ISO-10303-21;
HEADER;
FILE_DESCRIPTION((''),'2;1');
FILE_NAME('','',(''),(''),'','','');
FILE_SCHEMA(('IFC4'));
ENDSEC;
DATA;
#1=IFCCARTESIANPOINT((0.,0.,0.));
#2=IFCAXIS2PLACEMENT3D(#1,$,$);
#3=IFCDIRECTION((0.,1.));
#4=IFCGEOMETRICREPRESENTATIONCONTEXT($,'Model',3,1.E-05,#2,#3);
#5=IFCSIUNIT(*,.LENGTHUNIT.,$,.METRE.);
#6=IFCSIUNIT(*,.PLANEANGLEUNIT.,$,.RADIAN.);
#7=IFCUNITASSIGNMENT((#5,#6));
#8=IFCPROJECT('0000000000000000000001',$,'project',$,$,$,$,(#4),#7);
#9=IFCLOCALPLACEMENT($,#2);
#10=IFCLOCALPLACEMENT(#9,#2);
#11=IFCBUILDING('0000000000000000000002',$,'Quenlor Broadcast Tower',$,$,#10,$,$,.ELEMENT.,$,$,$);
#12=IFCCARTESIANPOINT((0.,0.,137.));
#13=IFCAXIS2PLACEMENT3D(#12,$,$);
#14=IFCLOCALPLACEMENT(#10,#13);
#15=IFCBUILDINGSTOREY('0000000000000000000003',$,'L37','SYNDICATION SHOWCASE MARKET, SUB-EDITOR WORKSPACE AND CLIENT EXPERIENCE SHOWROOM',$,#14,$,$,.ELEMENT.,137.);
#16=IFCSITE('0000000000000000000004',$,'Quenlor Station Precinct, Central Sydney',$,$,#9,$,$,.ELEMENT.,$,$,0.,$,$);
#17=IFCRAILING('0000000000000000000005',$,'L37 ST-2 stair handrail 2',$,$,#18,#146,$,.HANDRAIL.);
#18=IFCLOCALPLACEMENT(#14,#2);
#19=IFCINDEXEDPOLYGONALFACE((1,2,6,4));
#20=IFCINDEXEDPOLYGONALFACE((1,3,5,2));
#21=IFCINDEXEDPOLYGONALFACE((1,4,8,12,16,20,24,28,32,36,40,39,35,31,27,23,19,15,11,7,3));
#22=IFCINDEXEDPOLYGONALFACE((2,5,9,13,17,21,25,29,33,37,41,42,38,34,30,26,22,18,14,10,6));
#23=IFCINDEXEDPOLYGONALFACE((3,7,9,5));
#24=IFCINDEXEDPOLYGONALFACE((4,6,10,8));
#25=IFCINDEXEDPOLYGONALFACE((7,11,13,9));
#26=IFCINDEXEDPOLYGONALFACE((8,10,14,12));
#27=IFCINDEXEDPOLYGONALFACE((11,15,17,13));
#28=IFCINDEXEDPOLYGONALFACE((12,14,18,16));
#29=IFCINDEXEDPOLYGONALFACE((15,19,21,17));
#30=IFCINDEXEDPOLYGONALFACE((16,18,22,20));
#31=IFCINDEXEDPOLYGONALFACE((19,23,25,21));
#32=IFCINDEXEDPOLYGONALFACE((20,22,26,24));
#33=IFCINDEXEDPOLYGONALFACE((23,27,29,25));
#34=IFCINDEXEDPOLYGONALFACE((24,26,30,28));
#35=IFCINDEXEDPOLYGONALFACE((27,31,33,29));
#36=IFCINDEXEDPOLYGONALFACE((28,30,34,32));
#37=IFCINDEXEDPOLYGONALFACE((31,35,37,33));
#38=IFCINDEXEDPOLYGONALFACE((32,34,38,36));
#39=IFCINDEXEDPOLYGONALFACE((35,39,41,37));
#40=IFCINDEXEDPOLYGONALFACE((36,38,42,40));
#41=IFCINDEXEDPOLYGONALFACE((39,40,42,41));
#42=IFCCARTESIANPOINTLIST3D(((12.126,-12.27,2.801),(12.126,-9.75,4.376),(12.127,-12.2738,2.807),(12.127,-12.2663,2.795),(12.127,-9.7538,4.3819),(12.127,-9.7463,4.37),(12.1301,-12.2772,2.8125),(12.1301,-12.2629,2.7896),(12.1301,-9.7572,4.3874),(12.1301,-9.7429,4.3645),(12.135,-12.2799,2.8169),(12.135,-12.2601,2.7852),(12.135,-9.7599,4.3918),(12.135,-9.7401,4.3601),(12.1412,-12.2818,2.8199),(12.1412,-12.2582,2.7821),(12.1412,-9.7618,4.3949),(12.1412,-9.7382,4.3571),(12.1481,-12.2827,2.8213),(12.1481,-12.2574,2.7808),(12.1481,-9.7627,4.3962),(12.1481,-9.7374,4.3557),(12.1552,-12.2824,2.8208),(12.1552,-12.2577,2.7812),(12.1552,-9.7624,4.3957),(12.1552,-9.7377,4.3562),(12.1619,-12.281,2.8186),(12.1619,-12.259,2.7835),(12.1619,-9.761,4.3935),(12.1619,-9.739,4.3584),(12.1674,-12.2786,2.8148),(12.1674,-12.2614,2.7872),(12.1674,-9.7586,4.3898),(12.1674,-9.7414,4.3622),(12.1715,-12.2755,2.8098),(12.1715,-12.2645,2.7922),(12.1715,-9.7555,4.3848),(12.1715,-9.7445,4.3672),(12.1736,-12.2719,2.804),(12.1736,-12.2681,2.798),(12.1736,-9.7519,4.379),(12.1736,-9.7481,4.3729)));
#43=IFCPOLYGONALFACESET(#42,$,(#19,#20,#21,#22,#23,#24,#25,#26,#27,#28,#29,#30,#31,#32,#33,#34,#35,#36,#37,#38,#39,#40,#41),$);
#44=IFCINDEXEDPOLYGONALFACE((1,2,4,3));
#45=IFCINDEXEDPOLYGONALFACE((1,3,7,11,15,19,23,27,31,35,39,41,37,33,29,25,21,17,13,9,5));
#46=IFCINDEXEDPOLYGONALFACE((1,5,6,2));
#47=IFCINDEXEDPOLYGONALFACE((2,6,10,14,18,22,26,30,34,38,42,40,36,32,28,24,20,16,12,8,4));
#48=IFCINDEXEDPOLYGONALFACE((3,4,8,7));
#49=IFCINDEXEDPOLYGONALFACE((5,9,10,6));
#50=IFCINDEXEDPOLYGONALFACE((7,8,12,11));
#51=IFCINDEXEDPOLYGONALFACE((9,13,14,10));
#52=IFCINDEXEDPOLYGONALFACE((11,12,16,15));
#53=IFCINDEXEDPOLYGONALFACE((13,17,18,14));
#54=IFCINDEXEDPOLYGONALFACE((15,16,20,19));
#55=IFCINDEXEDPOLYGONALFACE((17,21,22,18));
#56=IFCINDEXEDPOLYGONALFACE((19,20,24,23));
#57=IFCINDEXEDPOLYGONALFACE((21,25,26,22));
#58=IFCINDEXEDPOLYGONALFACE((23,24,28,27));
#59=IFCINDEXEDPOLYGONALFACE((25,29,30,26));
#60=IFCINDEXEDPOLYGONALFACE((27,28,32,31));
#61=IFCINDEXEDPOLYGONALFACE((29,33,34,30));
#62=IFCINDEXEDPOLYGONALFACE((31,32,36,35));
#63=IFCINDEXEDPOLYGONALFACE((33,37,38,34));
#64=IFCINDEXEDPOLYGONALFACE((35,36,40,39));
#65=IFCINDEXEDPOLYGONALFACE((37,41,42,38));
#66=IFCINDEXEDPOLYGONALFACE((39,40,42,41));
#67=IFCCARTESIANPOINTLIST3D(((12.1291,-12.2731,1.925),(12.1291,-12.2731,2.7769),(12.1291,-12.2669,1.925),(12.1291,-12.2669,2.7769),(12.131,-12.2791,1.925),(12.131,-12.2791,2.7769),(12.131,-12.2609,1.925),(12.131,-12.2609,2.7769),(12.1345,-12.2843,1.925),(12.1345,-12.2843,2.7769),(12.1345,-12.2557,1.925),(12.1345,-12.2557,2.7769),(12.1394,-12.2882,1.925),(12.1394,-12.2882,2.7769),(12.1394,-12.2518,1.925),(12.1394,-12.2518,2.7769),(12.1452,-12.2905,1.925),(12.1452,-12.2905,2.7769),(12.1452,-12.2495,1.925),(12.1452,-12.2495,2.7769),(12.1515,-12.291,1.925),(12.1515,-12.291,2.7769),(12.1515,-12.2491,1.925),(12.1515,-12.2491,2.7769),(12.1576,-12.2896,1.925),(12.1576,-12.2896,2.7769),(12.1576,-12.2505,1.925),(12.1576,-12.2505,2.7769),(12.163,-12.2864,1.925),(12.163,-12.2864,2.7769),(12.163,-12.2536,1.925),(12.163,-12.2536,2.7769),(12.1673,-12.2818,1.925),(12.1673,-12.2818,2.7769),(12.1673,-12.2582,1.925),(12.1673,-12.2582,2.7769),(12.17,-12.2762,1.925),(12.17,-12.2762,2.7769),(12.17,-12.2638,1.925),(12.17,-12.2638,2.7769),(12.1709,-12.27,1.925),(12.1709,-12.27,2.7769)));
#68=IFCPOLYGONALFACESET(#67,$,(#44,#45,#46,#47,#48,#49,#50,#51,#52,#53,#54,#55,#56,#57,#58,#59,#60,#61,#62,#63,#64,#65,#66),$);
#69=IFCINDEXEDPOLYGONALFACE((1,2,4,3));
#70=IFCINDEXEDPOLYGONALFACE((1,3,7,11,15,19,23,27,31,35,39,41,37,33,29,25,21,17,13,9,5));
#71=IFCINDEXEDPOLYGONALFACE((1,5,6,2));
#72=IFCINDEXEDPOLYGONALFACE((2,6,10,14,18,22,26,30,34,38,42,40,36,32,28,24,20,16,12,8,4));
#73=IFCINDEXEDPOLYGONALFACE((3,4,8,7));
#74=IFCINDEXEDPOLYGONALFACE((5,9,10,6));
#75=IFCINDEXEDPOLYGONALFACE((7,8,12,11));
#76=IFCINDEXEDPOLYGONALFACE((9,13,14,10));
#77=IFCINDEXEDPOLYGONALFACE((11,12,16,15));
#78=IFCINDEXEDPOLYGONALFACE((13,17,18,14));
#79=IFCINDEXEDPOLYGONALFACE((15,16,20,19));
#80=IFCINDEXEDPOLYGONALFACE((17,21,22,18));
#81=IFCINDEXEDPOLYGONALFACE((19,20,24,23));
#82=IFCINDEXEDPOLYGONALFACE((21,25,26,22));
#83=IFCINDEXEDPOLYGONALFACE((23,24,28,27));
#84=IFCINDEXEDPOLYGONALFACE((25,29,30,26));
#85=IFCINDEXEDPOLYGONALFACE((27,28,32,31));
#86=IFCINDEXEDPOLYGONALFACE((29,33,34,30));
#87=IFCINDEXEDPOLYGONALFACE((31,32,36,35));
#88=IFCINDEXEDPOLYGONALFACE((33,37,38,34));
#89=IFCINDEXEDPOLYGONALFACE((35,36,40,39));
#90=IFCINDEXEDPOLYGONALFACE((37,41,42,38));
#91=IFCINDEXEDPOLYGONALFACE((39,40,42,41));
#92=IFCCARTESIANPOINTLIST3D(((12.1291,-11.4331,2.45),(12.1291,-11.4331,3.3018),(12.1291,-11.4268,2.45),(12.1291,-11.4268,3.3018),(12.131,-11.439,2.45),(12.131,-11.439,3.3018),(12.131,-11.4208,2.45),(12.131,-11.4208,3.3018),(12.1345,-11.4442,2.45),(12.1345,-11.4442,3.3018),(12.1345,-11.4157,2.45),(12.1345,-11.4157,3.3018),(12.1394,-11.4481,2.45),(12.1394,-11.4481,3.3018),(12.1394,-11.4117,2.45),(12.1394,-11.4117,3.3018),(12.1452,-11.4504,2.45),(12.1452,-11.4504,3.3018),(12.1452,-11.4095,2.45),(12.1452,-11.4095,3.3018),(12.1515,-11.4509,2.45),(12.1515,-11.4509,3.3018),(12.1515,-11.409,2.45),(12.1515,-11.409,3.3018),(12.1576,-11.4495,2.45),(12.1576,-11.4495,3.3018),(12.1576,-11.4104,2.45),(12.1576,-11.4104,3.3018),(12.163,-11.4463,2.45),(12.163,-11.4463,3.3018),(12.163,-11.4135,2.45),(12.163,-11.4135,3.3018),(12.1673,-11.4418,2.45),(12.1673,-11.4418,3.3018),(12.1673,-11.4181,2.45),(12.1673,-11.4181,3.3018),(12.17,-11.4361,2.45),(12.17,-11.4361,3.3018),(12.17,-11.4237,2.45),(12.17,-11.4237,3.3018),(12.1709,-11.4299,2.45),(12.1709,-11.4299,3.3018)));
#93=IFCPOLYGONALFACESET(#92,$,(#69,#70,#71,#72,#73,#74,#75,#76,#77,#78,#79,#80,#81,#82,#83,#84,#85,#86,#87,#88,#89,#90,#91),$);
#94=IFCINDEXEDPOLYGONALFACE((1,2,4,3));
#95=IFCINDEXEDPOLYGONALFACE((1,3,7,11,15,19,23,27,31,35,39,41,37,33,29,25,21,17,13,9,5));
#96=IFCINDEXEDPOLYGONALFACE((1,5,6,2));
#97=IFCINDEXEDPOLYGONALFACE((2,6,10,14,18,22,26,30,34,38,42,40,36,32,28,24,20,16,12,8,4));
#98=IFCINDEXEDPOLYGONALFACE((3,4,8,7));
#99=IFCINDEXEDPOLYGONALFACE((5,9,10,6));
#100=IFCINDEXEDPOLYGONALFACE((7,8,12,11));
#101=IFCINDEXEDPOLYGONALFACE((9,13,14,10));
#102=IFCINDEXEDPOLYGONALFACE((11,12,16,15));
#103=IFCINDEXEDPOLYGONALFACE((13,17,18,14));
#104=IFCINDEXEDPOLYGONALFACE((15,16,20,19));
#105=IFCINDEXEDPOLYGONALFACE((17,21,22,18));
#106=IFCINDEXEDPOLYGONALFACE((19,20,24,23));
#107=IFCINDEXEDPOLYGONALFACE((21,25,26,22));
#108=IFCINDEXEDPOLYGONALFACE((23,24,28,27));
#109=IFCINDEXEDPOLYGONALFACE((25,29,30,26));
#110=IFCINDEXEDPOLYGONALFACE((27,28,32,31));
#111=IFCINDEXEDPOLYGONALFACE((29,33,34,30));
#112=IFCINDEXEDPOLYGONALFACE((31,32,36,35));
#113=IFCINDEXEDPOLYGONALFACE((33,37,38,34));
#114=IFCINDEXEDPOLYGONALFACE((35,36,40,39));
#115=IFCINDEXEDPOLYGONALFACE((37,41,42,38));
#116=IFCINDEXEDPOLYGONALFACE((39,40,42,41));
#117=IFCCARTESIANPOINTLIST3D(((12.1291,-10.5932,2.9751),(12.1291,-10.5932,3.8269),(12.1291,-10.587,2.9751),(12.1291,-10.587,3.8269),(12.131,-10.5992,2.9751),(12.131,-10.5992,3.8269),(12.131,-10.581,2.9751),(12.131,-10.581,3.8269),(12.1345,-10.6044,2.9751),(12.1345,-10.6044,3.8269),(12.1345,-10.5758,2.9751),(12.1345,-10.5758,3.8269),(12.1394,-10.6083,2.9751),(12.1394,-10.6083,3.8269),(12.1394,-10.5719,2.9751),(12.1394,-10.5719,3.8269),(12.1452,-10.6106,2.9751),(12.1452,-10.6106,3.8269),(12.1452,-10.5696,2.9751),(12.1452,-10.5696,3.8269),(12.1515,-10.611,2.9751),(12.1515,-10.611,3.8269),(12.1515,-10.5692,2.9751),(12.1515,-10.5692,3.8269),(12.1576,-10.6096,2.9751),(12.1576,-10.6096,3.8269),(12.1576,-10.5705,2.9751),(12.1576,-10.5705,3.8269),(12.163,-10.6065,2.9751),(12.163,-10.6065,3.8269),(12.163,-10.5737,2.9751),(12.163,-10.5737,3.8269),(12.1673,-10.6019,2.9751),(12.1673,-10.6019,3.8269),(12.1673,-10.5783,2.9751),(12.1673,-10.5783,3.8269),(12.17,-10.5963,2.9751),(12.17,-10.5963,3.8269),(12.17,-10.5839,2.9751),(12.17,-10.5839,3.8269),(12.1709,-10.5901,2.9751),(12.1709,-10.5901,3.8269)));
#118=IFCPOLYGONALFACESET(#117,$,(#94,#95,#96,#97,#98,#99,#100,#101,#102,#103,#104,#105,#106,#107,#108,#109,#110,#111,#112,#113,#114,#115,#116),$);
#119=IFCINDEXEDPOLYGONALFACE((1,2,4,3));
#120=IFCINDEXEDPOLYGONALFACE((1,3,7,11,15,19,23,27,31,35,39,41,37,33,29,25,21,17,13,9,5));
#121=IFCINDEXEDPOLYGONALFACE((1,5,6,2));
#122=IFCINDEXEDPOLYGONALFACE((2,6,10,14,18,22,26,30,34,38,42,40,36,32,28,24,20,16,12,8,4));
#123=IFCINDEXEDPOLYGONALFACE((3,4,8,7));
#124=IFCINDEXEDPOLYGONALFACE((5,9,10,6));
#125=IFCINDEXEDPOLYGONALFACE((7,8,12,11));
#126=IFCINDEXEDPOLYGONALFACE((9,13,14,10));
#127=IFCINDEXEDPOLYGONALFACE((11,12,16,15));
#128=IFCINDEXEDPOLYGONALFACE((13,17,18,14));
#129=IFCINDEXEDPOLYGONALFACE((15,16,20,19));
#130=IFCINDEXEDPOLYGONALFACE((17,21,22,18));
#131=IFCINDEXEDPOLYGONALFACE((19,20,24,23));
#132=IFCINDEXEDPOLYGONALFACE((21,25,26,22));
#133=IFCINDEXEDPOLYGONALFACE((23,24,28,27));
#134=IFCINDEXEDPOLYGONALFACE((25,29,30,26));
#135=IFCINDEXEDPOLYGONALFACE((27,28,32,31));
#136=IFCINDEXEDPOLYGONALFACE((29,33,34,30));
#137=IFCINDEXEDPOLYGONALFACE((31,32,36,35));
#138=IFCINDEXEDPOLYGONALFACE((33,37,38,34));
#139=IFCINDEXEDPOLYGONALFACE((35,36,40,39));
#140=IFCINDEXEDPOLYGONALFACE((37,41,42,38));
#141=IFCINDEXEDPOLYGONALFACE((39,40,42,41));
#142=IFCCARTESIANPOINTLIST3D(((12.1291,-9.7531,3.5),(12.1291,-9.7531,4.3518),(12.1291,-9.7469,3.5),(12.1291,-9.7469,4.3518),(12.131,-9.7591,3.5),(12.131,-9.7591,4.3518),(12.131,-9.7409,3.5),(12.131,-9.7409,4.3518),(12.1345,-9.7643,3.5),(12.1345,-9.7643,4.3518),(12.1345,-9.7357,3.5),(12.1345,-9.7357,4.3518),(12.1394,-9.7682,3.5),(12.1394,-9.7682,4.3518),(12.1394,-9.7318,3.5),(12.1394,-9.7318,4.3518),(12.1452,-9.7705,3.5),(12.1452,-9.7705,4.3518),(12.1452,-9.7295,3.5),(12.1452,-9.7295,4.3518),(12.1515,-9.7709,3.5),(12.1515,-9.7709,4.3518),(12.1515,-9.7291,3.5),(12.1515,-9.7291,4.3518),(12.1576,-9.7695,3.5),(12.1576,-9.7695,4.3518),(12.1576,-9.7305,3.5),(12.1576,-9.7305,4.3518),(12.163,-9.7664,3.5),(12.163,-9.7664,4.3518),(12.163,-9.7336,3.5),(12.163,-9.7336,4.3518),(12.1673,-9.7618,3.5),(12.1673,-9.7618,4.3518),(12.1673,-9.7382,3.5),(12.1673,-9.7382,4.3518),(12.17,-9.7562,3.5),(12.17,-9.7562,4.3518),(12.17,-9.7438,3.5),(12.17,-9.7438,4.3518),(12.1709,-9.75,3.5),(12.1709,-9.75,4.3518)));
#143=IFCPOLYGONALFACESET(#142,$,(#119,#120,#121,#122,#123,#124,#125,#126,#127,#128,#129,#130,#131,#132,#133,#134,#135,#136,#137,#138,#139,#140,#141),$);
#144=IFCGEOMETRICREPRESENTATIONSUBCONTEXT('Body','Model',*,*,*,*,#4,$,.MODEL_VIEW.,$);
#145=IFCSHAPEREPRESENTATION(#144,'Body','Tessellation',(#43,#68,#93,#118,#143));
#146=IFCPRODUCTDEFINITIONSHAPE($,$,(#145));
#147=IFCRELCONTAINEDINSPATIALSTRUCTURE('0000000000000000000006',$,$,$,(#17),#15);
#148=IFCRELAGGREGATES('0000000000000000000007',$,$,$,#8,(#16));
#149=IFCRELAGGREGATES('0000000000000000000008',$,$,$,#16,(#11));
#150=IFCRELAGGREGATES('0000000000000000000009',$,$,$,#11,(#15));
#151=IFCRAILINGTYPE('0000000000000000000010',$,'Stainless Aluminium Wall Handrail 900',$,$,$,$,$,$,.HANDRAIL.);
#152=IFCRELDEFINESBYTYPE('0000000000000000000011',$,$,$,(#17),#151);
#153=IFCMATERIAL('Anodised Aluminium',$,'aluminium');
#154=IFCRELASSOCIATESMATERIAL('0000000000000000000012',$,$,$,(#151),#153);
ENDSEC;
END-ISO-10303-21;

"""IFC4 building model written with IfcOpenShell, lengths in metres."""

from ifc_helpers import new_model, si_unit, direction, frame, origin, origin_2d, place, context, subcontext, project, spatial, circle, extrude, material, type_object, element, save


model = new_model("IFC4")

# Units and contexts
model_context = context("Model", 3, precision=1e-05, world=origin(), true_north=direction((0.0, 1.0)))
body_context = subcontext(model_context, "Body", "Model", "MODEL_VIEW")
ifc_project = project(units=[si_unit("LENGTHUNIT", "METRE"), si_unit("PLANEANGLEUNIT", "RADIAN")], contexts=[model_context])

# Site, building, storey
site_placement = place(None, origin())
site = spatial("IfcSite", under=ifc_project, at=site_placement, Name="Quenlor Station Precinct, Central Sydney", CompositionType="ELEMENT", RefElevation=0.0)
building_placement = place(site_placement, origin())
building = spatial("IfcBuilding", under=site, at=building_placement, Name="Quenlor Broadcast Tower", CompositionType="ELEMENT")
storey_placement = place(building_placement, frame((0.0, 0.0, 137.0)))
storey = spatial("IfcBuildingStorey", under=building, at=storey_placement, Name="L37", Description="SYNDICATION SHOWCASE MARKET, SUB-EDITOR WORKSPACE AND CLIENT EXPERIENCE SHOWROOM", CompositionType="ELEMENT", Elevation=137.0)

# Railing
ifc_material_1 = material(Name="Anodised Aluminium", Category="aluminium")
railing_type_1 = type_object("IfcRailingType", Name="Stainless Aluminium Wall Handrail 900", PredefinedType="HANDRAIL", material=ifc_material_1)
railing_1_placement = place(storey_placement, frame((12.1499, -12.27, 1.925)))
element("IfcRailing", 1, at=railing_1_placement, inside=storey, type_object=railing_type_1, Name="L37 ST-2 stair handrail 2", PredefinedType="HANDRAIL", context=body_context, shape_type="SweptSolid", body=[
    extrude(circle(Radius=0.0239, at=origin_2d()), frame((0.0, 0.0, 0.876), z_axis=(0.0, 0.848008, 0.529984), x_axis=(-1.0, 0.0, 0.0)), (0.0, 0.0, 1.0), 2.9717),
    extrude(circle(Radius=0.021, at=origin_2d()), origin(), (0.0, 0.0, 1.0), 0.8518),
    extrude(circle(Radius=0.021, at=origin_2d()), frame((0.0, 0.8401, 0.5249)), (0.0, 0.0, 1.0), 0.8518),
    extrude(circle(Radius=0.021, at=origin_2d()), frame((0.0, 1.6799, 1.05)), (0.0, 0.0, 1.0), 0.8518),
    extrude(circle(Radius=0.021, at=origin_2d()), frame((0.0, 2.52, 1.575)), (0.0, 0.0, 1.0), 0.8518),
])

save(model, "model.ifc")
